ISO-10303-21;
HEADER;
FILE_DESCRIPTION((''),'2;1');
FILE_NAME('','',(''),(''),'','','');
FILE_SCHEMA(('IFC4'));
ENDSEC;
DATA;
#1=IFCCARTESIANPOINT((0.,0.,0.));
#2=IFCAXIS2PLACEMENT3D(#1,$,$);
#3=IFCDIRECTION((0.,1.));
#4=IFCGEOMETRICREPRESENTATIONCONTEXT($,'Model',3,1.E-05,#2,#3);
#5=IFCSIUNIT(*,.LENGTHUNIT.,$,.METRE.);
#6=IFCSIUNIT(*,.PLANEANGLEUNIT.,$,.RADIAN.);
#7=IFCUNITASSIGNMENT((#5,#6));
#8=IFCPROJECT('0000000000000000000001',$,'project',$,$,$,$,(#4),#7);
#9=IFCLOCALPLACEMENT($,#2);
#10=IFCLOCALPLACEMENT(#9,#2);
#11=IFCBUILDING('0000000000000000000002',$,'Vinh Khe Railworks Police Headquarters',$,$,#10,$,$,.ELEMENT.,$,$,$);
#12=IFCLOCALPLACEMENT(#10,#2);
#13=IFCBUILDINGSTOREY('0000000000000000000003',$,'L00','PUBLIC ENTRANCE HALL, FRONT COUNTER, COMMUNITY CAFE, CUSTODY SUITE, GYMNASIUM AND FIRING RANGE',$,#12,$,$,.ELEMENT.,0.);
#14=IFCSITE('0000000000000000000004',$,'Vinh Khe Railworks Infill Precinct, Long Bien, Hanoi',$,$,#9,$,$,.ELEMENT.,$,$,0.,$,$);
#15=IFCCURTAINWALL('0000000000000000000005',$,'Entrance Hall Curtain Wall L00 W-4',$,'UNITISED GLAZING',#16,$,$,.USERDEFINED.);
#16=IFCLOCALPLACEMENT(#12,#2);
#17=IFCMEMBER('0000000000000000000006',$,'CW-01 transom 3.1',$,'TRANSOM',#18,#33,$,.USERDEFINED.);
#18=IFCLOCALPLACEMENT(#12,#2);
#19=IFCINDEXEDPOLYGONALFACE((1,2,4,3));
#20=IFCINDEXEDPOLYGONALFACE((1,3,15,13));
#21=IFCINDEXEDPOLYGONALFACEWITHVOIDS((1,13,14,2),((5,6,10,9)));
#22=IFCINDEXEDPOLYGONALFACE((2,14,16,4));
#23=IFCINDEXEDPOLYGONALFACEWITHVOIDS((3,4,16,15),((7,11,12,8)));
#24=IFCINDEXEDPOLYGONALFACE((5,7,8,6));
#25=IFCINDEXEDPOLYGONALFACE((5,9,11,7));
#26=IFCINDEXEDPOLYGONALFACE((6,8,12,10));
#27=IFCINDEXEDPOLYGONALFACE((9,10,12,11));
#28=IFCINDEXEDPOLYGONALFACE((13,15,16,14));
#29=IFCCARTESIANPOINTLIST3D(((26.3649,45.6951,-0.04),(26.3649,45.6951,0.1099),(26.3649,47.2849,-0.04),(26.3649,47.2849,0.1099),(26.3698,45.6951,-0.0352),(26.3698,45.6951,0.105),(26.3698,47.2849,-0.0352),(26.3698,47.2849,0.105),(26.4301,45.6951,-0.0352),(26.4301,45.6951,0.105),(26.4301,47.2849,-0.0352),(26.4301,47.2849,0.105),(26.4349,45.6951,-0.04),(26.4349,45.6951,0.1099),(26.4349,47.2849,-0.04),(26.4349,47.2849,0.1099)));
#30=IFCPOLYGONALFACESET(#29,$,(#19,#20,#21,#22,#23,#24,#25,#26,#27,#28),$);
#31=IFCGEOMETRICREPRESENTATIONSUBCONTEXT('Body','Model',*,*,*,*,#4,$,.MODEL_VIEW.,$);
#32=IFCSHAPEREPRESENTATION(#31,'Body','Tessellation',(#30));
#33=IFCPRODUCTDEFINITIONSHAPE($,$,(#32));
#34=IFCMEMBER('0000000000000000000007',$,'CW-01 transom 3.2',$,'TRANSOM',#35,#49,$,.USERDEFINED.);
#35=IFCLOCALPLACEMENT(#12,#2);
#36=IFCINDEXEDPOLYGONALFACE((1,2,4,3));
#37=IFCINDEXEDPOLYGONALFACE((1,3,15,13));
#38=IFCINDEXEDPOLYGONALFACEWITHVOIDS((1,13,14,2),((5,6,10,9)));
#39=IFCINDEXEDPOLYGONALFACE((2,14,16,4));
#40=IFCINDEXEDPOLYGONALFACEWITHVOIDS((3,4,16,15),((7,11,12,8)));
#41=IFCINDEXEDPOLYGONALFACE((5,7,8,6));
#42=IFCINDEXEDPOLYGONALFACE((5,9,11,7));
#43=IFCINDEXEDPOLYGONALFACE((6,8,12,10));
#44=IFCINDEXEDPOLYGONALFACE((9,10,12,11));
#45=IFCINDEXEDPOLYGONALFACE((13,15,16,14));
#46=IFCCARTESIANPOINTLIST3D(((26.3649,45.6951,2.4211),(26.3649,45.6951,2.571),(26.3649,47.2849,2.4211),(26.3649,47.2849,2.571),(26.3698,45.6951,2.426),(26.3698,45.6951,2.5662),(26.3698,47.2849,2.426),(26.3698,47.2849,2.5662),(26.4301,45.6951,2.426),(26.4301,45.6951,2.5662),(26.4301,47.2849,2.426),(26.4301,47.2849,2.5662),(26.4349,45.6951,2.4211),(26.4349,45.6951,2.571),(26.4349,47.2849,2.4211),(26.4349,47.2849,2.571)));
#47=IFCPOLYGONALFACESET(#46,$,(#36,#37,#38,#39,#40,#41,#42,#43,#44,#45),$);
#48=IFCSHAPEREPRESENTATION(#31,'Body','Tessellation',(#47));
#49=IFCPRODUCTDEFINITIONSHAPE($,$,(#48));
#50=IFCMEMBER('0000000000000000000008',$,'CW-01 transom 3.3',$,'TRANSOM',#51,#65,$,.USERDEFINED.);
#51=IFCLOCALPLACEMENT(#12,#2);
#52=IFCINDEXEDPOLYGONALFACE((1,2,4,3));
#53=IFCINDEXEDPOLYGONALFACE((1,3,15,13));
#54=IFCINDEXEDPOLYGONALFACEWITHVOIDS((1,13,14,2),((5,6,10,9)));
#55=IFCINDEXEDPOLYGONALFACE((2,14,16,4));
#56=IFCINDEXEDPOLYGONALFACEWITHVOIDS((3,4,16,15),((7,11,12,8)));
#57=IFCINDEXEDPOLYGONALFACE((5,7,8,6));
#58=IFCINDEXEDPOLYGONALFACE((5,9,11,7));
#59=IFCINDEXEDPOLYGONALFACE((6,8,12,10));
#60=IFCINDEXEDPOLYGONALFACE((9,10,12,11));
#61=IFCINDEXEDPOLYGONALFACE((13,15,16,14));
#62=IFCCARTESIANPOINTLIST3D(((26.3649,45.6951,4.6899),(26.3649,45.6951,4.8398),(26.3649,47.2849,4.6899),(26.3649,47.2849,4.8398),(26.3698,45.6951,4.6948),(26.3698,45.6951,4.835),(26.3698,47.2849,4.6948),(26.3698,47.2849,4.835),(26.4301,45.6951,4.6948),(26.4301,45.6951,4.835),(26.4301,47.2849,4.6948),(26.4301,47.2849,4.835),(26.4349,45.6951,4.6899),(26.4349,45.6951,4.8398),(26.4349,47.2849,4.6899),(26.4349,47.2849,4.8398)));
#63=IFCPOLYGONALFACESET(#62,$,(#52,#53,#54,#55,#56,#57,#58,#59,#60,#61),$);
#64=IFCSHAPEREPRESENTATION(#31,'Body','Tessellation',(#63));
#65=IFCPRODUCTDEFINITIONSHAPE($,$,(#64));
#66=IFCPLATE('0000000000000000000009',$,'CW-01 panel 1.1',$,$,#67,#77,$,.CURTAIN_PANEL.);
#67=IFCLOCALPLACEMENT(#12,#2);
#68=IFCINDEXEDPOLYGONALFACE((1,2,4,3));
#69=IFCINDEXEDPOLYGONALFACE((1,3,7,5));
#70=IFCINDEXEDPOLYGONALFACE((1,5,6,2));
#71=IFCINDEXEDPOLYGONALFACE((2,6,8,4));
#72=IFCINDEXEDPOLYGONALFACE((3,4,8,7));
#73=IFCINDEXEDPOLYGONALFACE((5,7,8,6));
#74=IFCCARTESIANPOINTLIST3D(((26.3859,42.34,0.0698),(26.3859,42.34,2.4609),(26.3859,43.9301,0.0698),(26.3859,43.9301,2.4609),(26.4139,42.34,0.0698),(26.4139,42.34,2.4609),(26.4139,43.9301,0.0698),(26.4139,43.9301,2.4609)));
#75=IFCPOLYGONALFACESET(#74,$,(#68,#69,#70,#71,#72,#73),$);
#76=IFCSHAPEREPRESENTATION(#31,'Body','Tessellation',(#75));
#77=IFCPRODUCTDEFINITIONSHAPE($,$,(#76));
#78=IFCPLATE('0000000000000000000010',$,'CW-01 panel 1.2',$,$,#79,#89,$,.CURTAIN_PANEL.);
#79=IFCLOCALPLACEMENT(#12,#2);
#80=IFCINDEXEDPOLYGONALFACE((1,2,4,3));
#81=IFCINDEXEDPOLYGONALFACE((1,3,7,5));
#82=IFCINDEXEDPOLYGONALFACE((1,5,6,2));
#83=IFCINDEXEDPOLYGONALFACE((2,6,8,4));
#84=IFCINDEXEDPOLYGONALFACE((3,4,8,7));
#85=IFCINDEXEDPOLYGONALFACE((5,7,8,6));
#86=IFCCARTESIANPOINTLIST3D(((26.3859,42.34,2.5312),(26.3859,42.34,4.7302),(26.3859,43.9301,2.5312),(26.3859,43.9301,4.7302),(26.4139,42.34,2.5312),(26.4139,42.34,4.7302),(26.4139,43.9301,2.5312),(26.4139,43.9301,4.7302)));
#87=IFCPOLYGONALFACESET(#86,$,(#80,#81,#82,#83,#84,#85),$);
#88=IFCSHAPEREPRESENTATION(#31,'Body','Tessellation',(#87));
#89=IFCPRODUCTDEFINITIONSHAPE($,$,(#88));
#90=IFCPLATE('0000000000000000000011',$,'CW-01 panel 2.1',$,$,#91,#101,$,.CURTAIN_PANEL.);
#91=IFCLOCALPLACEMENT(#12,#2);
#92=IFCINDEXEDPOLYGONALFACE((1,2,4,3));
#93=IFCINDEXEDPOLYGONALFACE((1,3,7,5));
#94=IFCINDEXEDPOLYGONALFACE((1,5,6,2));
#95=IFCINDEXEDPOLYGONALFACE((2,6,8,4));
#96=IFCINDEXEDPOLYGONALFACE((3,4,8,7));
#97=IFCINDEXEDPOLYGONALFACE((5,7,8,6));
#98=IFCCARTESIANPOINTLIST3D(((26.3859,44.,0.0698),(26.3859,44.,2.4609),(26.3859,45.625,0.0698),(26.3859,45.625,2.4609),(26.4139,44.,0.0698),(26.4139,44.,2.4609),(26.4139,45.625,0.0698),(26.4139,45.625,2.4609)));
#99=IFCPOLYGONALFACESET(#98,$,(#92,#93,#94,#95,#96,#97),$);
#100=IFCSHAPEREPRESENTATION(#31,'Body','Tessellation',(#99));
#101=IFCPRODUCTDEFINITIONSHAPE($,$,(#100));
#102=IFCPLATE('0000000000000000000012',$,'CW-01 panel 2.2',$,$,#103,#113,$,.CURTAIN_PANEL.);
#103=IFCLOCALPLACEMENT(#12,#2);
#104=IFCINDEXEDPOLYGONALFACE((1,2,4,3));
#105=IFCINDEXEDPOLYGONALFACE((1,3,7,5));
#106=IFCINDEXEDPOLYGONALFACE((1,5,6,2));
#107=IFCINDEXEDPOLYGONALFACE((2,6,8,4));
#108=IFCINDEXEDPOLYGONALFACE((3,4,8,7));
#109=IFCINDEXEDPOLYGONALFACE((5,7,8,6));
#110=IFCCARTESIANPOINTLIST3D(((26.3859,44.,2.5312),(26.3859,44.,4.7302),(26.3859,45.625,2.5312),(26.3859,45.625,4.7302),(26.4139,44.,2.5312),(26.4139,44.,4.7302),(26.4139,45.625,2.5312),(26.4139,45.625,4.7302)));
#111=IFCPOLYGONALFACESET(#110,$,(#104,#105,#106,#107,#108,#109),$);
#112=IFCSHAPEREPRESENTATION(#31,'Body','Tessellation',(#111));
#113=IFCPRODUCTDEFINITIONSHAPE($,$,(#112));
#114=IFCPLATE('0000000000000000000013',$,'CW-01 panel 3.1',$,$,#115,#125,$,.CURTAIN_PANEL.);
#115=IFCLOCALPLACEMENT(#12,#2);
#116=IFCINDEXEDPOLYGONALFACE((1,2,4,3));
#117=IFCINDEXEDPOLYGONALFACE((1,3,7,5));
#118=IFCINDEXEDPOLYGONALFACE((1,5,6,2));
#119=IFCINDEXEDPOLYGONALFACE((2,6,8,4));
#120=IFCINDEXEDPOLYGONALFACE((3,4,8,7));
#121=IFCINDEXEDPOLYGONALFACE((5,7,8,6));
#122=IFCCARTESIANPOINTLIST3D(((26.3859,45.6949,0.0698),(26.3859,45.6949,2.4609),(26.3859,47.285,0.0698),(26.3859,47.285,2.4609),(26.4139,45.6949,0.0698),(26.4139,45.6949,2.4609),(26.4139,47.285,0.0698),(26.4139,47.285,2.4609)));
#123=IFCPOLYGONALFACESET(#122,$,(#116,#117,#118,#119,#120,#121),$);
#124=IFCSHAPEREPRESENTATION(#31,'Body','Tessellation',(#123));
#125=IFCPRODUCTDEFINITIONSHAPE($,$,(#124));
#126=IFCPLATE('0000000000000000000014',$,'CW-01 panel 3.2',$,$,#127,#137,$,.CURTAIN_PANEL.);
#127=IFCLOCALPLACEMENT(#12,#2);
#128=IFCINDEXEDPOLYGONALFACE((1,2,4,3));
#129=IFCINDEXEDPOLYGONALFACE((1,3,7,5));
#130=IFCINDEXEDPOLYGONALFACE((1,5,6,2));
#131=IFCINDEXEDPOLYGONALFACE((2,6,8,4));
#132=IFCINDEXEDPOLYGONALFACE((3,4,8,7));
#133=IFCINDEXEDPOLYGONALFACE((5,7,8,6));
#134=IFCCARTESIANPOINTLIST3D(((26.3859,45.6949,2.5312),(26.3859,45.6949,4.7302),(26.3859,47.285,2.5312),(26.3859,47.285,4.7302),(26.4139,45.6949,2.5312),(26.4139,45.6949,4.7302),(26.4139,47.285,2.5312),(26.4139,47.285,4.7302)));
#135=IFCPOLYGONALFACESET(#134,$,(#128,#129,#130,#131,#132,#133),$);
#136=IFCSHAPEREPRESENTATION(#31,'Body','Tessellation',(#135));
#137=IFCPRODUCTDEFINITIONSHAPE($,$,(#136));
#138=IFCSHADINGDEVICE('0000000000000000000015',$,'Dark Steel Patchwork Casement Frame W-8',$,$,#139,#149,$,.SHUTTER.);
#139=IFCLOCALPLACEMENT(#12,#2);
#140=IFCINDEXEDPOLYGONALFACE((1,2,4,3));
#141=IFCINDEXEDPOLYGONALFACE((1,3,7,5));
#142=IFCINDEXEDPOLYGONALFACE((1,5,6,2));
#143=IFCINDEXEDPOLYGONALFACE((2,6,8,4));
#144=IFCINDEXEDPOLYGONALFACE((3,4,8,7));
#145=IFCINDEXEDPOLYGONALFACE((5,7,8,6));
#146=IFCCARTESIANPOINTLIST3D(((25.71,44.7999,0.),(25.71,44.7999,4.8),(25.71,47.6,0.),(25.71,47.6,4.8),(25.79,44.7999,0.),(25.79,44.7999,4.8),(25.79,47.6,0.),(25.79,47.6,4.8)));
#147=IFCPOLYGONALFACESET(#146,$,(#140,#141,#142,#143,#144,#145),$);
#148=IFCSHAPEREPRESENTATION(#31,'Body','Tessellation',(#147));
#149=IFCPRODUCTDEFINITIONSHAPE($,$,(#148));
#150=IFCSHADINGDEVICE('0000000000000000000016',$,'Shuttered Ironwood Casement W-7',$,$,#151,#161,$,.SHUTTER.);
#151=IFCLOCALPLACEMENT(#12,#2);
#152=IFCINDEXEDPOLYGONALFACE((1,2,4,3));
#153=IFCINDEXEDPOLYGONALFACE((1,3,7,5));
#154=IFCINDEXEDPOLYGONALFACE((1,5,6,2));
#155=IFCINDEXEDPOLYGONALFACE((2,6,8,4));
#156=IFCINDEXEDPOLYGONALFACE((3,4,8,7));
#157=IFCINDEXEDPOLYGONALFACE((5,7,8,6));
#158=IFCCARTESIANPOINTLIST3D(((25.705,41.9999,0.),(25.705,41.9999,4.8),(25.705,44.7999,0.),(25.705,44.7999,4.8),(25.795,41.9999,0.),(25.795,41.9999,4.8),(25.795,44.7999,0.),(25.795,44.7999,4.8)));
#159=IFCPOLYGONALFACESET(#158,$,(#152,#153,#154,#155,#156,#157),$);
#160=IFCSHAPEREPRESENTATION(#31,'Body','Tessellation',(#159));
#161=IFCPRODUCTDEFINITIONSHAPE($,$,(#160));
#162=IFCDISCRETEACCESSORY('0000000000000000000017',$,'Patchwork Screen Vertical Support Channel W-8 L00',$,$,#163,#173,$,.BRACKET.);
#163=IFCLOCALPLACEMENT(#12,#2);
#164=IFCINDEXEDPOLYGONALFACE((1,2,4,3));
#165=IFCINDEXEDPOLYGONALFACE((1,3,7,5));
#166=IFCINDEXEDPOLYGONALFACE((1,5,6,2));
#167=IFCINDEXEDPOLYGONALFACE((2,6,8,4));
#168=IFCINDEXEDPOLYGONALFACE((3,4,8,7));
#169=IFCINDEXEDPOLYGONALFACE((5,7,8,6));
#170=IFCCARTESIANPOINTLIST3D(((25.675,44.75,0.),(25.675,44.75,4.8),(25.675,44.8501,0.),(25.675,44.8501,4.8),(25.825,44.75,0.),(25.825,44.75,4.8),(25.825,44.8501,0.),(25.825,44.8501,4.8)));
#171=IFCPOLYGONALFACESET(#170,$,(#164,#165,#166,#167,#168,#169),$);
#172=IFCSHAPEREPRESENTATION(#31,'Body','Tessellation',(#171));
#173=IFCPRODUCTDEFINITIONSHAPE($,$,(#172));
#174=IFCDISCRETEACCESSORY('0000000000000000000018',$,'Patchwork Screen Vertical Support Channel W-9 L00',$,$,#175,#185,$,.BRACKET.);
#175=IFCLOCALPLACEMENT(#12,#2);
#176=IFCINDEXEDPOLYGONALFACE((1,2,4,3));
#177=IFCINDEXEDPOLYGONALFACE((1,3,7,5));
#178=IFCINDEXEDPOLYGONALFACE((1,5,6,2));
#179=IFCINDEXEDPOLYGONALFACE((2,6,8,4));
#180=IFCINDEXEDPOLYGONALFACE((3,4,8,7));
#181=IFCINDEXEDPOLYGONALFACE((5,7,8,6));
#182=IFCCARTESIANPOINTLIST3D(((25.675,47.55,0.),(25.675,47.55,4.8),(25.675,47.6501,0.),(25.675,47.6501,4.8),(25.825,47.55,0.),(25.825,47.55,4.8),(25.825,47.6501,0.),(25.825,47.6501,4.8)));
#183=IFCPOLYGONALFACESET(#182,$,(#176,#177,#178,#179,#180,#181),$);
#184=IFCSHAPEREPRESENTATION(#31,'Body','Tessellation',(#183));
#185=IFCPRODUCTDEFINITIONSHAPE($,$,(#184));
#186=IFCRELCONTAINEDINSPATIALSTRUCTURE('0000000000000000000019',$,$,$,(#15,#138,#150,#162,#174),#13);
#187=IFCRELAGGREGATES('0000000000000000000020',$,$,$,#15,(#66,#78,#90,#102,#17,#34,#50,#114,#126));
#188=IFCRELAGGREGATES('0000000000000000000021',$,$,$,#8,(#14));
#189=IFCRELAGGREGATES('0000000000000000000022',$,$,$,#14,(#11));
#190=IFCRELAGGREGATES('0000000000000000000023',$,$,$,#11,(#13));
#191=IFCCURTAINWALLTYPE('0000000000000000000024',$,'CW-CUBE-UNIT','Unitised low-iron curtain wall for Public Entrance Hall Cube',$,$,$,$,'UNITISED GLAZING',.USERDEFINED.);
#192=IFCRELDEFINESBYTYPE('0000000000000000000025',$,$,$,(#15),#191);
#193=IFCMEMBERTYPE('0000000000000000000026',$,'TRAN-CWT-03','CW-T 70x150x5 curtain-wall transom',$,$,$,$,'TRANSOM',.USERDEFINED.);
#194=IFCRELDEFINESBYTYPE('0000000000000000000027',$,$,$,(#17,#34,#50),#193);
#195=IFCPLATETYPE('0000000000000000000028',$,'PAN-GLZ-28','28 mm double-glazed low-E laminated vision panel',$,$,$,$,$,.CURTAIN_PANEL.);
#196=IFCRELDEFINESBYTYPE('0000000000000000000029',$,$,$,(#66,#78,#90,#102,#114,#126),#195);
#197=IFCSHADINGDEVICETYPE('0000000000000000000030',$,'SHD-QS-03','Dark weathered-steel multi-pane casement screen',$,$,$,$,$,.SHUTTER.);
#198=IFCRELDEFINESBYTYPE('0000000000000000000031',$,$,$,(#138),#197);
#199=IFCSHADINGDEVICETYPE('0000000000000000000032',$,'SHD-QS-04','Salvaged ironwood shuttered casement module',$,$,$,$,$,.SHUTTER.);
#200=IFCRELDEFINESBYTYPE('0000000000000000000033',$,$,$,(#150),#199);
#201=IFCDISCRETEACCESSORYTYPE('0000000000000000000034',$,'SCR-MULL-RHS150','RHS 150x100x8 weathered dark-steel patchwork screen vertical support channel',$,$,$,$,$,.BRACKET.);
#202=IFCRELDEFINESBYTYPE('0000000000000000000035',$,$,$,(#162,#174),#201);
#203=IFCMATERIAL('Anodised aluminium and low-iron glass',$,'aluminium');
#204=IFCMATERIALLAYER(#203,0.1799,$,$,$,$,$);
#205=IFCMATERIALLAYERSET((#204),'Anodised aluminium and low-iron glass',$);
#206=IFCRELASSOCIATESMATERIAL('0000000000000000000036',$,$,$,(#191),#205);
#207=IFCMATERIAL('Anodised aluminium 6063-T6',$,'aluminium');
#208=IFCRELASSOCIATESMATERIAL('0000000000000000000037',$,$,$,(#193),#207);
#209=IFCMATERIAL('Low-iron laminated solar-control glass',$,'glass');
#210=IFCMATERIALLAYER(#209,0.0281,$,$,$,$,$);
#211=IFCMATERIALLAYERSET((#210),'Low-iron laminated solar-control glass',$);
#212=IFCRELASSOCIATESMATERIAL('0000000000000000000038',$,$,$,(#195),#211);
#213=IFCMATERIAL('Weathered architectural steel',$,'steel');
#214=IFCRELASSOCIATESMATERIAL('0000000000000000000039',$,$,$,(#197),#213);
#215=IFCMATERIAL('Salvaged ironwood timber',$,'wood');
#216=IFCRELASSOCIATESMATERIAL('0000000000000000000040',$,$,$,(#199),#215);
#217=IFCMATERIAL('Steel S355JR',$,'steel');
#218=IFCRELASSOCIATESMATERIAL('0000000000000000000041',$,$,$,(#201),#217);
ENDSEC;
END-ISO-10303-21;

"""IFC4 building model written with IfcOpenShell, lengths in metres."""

from ifc_helpers import new_model, si_unit, direction, frame, origin, origin_2d, place, context, subcontext, project, spatial, rectangle, hollow_rectangle, extrude, material, layer, layer_set, material_profile, profile_set, type_object, element, aggregate, save


model = new_model("IFC4")

# Units and contexts
model_context = context("Model", 3, precision=1e-05, world=origin(), true_north=direction((0.0, 1.0)))
body_context = subcontext(model_context, "Body", "Model", "MODEL_VIEW")
ifc_project = project(units=[si_unit("LENGTHUNIT", "METRE"), si_unit("PLANEANGLEUNIT", "RADIAN")], contexts=[model_context])

# Site, building, storey
site_placement = place(None, origin())
site = spatial("IfcSite", under=ifc_project, at=site_placement, Name="Vinh Khe Railworks Infill Precinct, Long Bien, Hanoi", CompositionType="ELEMENT", RefElevation=0.0)
building_placement = place(site_placement, origin())
building = spatial("IfcBuilding", under=site, at=building_placement, Name="Vinh Khe Railworks Police Headquarters", CompositionType="ELEMENT")
storey_placement = place(building_placement, origin())
storey = spatial("IfcBuildingStorey", under=building, at=storey_placement, Name="L00", Description="PUBLIC ENTRANCE HALL, FRONT COUNTER, COMMUNITY CAFE, CUSTODY SUITE, GYMNASIUM AND FIRING RANGE", CompositionType="ELEMENT", Elevation=0.0)

# Shared definitions
ifc_material_1 = material(Name="Steel S355JR", Category="steel")

# Shared definitions
ifc_material_2 = material(Name="Salvaged ironwood timber", Category="wood")

# Curtain wall
ifc_material_3 = material(Name="Anodised aluminium and low-iron glass", Category="aluminium")
ifc_layer_1 = layer(ifc_material_3, 0.1799)
ifc_layer_set_1 = layer_set([ifc_layer_1], Name="Anodised aluminium and low-iron glass")
curtain_wall_type = type_object("IfcCurtainWallType", Name="CW-CUBE-UNIT", Description="Unitised low-iron curtain wall for Public Entrance Hall Cube", ElementType="UNITISED GLAZING", PredefinedType="USERDEFINED", material=ifc_layer_set_1)
curtain_wall_placement = place(storey_placement, origin())
curtain_wall = element("IfcCurtainWall", 1, at=curtain_wall_placement, inside=storey, type_object=curtain_wall_type, Name="Entrance Hall Curtain Wall L00 W-4", ObjectType="UNITISED GLAZING", PredefinedType="USERDEFINED")
ifc_material_4 = material(Name="Anodised aluminium 6063-T6", Category="aluminium")

# Members
ifc_material_profile_1 = material_profile(ifc_material_4, hollow_rectangle(XDim=0.0701, YDim=0.1499, WallThickness=0.0049, at=origin_2d()), Name="CW-T 70x150x5")
ifc_profile_set_1 = profile_set([ifc_material_profile_1], Name="Anodised aluminium 6063-T6")
member_type_1 = type_object("IfcMemberType", Name="TRAN-CWT-03", Description="CW-T 70x150x5 curtain-wall transom", ElementType="TRANSOM", PredefinedType="USERDEFINED", material=ifc_profile_set_1)
member_1_placement = place(storey_placement, frame((26.3999, 45.6951, 0.0349), z_axis=(0.0, 1.0, 0.0), x_axis=(-1.0, 0.0, 0.0)))
member_1 = element("IfcMember", 2, at=member_1_placement, type_object=member_type_1, Name="CW-01 transom 3.1", ObjectType="TRANSOM", PredefinedType="USERDEFINED", context=body_context, shape_type="SweptSolid", body=[
    extrude(hollow_rectangle(XDim=0.0701, YDim=0.1499, WallThickness=0.0049, at=origin_2d()), origin(), (0.0, 0.0, 1.0), 1.5898),
])
member_2_placement = place(storey_placement, frame((26.3999, 45.6951, 2.4961), z_axis=(0.0, 1.0, 0.0), x_axis=(-1.0, 0.0, 0.0)))
member_2 = element("IfcMember", 3, at=member_2_placement, type_object=member_type_1, Name="CW-01 transom 3.2", ObjectType="TRANSOM", PredefinedType="USERDEFINED", context=body_context, shape_type="SweptSolid", body=[
    extrude(hollow_rectangle(XDim=0.0701, YDim=0.1499, WallThickness=0.0049, at=origin_2d()), origin(), (0.0, 0.0, 1.0), 1.5898),
])
member_3_placement = place(storey_placement, frame((26.3999, 45.6951, 4.7649), z_axis=(0.0, 1.0, 0.0), x_axis=(-1.0, 0.0, 0.0)))
member_3 = element("IfcMember", 4, at=member_3_placement, type_object=member_type_1, Name="CW-01 transom 3.3", ObjectType="TRANSOM", PredefinedType="USERDEFINED", context=body_context, shape_type="SweptSolid", body=[
    extrude(hollow_rectangle(XDim=0.0701, YDim=0.1499, WallThickness=0.0049, at=origin_2d()), origin(), (0.0, 0.0, 1.0), 1.5898),
])

# Plates
ifc_material_5 = material(Name="Low-iron laminated solar-control glass", Category="glass")
ifc_layer_2 = layer(ifc_material_5, 0.0281)
ifc_layer_set_2 = layer_set([ifc_layer_2], Name="Low-iron laminated solar-control glass")
plate_type = type_object("IfcPlateType", Name="PAN-GLZ-28", Description="28 mm double-glazed low-E laminated vision panel", PredefinedType="CURTAIN_PANEL", material=ifc_layer_set_2)
plate_1_placement = place(storey_placement, frame((26.3999, 43.135, 0.0698), z_axis=(0.0, 0.0, 1.0), x_axis=(0.0, 1.0, 0.0)))
plate_1 = element("IfcPlate", 5, at=plate_1_placement, type_object=plate_type, Name="CW-01 panel 1.1", PredefinedType="CURTAIN_PANEL", context=body_context, shape_type="SweptSolid", body=[
    extrude(rectangle(XDim=1.5901, YDim=0.0281, at=origin_2d()), origin(), (0.0, 0.0, 1.0), 2.3911),
])
plate_2_placement = place(storey_placement, frame((26.3999, 43.135, 2.5312), z_axis=(0.0, 0.0, 1.0), x_axis=(0.0, 1.0, 0.0)))
plate_2 = element("IfcPlate", 6, at=plate_2_placement, type_object=plate_type, Name="CW-01 panel 1.2", PredefinedType="CURTAIN_PANEL", context=body_context, shape_type="SweptSolid", body=[
    extrude(rectangle(XDim=1.5901, YDim=0.0281, at=origin_2d()), origin(), (0.0, 0.0, 1.0), 2.199),
])
plate_3_placement = place(storey_placement, frame((26.3999, 44.8125, 0.0698), z_axis=(0.0, 0.0, 1.0), x_axis=(0.0, 1.0, 0.0)))
plate_3 = element("IfcPlate", 7, at=plate_3_placement, type_object=plate_type, Name="CW-01 panel 2.1", PredefinedType="CURTAIN_PANEL", context=body_context, shape_type="SweptSolid", body=[
    extrude(rectangle(XDim=1.625, YDim=0.0281, at=origin_2d()), origin(), (0.0, 0.0, 1.0), 2.3911),
])
plate_4_placement = place(storey_placement, frame((26.3999, 44.8125, 2.5312), z_axis=(0.0, 0.0, 1.0), x_axis=(0.0, 1.0, 0.0)))
plate_4 = element("IfcPlate", 8, at=plate_4_placement, type_object=plate_type, Name="CW-01 panel 2.2", PredefinedType="CURTAIN_PANEL", context=body_context, shape_type="SweptSolid", body=[
    extrude(rectangle(XDim=1.625, YDim=0.0281, at=origin_2d()), origin(), (0.0, 0.0, 1.0), 2.199),
])
plate_5_placement = place(storey_placement, frame((26.3999, 46.49, 0.0698), z_axis=(0.0, 0.0, 1.0), x_axis=(0.0, 1.0, 0.0)))
plate_5 = element("IfcPlate", 9, at=plate_5_placement, type_object=plate_type, Name="CW-01 panel 3.1", PredefinedType="CURTAIN_PANEL", context=body_context, shape_type="SweptSolid", body=[
    extrude(rectangle(XDim=1.5901, YDim=0.0281, at=origin_2d()), origin(), (0.0, 0.0, 1.0), 2.3911),
])
plate_6_placement = place(storey_placement, frame((26.3999, 46.49, 2.5312), z_axis=(0.0, 0.0, 1.0), x_axis=(0.0, 1.0, 0.0)))
plate_6 = element("IfcPlate", 10, at=plate_6_placement, type_object=plate_type, Name="CW-01 panel 3.2", PredefinedType="CURTAIN_PANEL", context=body_context, shape_type="SweptSolid", body=[
    extrude(rectangle(XDim=1.5901, YDim=0.0281, at=origin_2d()), origin(), (0.0, 0.0, 1.0), 2.199),
])
aggregate(curtain_wall, [plate_1, plate_2, plate_3, plate_4, member_1, member_2, member_3, plate_5, plate_6])

# Shading devices
ifc_material_6 = material(Name="Weathered architectural steel", Category="steel")
shading_device_type_1 = type_object("IfcShadingDeviceType", Name="SHD-QS-03", Description="Dark weathered-steel multi-pane casement screen", PredefinedType="SHUTTER", material=ifc_material_6)
shading_device_1_placement = place(storey_placement, frame((25.75, 46.2, 0.0), z_axis=(0.0, 0.0, 1.0), x_axis=(0.0, 1.0, 0.0)))
element("IfcShadingDevice", 11, at=shading_device_1_placement, inside=storey, type_object=shading_device_type_1, Name="Dark Steel Patchwork Casement Frame W-8", PredefinedType="SHUTTER", context=body_context, shape_type="SweptSolid", body=[
    extrude(rectangle(XDim=2.8, YDim=0.0801, at=origin_2d()), origin(), (0.0, 0.0, 1.0), 4.8),
])
shading_device_type_2 = type_object("IfcShadingDeviceType", Name="SHD-QS-04", Description="Salvaged ironwood shuttered casement module", PredefinedType="SHUTTER", material=ifc_material_2)
shading_device_2_placement = place(storey_placement, frame((25.75, 43.3999, 0.0), z_axis=(0.0, 0.0, 1.0), x_axis=(0.0, 1.0, 0.0)))
element("IfcShadingDevice", 12, at=shading_device_2_placement, inside=storey, type_object=shading_device_type_2, Name="Shuttered Ironwood Casement W-7", PredefinedType="SHUTTER", context=body_context, shape_type="SweptSolid", body=[
    extrude(rectangle(XDim=2.8, YDim=0.0901, at=origin_2d()), origin(), (0.0, 0.0, 1.0), 4.8),
])

# Discrete accessories
discrete_accessory_type = type_object("IfcDiscreteAccessoryType", Name="SCR-MULL-RHS150", Description="RHS 150x100x8 weathered dark-steel patchwork screen vertical support channel", PredefinedType="BRACKET", material=ifc_material_1)
for number, where, z_axis, x_axis, name in (
    (13, (25.75, 44.8, 0.0), (0.0, 0.0, 1.0), (1.0, 0.0, 0.0), "Patchwork Screen Vertical Support Channel W-8 L00"),
    (14, (25.75, 47.6001, 0.0), (0.0, 0.0, 1.0), (1.0, 0.0, 0.0), "Patchwork Screen Vertical Support Channel W-9 L00"),
):
    element("IfcDiscreteAccessory", number, at=place(storey_placement, frame(where, z_axis=z_axis, x_axis=x_axis)), inside=storey, type_object=discrete_accessory_type, Name=name, PredefinedType="BRACKET", context=body_context, shape_type="SweptSolid", body=[
        extrude(rectangle(XDim=0.1499, YDim=0.1001, at=origin_2d()), origin(), (0.0, 0.0, 1.0), 4.8),
    ])

save(model, "model.ifc")
